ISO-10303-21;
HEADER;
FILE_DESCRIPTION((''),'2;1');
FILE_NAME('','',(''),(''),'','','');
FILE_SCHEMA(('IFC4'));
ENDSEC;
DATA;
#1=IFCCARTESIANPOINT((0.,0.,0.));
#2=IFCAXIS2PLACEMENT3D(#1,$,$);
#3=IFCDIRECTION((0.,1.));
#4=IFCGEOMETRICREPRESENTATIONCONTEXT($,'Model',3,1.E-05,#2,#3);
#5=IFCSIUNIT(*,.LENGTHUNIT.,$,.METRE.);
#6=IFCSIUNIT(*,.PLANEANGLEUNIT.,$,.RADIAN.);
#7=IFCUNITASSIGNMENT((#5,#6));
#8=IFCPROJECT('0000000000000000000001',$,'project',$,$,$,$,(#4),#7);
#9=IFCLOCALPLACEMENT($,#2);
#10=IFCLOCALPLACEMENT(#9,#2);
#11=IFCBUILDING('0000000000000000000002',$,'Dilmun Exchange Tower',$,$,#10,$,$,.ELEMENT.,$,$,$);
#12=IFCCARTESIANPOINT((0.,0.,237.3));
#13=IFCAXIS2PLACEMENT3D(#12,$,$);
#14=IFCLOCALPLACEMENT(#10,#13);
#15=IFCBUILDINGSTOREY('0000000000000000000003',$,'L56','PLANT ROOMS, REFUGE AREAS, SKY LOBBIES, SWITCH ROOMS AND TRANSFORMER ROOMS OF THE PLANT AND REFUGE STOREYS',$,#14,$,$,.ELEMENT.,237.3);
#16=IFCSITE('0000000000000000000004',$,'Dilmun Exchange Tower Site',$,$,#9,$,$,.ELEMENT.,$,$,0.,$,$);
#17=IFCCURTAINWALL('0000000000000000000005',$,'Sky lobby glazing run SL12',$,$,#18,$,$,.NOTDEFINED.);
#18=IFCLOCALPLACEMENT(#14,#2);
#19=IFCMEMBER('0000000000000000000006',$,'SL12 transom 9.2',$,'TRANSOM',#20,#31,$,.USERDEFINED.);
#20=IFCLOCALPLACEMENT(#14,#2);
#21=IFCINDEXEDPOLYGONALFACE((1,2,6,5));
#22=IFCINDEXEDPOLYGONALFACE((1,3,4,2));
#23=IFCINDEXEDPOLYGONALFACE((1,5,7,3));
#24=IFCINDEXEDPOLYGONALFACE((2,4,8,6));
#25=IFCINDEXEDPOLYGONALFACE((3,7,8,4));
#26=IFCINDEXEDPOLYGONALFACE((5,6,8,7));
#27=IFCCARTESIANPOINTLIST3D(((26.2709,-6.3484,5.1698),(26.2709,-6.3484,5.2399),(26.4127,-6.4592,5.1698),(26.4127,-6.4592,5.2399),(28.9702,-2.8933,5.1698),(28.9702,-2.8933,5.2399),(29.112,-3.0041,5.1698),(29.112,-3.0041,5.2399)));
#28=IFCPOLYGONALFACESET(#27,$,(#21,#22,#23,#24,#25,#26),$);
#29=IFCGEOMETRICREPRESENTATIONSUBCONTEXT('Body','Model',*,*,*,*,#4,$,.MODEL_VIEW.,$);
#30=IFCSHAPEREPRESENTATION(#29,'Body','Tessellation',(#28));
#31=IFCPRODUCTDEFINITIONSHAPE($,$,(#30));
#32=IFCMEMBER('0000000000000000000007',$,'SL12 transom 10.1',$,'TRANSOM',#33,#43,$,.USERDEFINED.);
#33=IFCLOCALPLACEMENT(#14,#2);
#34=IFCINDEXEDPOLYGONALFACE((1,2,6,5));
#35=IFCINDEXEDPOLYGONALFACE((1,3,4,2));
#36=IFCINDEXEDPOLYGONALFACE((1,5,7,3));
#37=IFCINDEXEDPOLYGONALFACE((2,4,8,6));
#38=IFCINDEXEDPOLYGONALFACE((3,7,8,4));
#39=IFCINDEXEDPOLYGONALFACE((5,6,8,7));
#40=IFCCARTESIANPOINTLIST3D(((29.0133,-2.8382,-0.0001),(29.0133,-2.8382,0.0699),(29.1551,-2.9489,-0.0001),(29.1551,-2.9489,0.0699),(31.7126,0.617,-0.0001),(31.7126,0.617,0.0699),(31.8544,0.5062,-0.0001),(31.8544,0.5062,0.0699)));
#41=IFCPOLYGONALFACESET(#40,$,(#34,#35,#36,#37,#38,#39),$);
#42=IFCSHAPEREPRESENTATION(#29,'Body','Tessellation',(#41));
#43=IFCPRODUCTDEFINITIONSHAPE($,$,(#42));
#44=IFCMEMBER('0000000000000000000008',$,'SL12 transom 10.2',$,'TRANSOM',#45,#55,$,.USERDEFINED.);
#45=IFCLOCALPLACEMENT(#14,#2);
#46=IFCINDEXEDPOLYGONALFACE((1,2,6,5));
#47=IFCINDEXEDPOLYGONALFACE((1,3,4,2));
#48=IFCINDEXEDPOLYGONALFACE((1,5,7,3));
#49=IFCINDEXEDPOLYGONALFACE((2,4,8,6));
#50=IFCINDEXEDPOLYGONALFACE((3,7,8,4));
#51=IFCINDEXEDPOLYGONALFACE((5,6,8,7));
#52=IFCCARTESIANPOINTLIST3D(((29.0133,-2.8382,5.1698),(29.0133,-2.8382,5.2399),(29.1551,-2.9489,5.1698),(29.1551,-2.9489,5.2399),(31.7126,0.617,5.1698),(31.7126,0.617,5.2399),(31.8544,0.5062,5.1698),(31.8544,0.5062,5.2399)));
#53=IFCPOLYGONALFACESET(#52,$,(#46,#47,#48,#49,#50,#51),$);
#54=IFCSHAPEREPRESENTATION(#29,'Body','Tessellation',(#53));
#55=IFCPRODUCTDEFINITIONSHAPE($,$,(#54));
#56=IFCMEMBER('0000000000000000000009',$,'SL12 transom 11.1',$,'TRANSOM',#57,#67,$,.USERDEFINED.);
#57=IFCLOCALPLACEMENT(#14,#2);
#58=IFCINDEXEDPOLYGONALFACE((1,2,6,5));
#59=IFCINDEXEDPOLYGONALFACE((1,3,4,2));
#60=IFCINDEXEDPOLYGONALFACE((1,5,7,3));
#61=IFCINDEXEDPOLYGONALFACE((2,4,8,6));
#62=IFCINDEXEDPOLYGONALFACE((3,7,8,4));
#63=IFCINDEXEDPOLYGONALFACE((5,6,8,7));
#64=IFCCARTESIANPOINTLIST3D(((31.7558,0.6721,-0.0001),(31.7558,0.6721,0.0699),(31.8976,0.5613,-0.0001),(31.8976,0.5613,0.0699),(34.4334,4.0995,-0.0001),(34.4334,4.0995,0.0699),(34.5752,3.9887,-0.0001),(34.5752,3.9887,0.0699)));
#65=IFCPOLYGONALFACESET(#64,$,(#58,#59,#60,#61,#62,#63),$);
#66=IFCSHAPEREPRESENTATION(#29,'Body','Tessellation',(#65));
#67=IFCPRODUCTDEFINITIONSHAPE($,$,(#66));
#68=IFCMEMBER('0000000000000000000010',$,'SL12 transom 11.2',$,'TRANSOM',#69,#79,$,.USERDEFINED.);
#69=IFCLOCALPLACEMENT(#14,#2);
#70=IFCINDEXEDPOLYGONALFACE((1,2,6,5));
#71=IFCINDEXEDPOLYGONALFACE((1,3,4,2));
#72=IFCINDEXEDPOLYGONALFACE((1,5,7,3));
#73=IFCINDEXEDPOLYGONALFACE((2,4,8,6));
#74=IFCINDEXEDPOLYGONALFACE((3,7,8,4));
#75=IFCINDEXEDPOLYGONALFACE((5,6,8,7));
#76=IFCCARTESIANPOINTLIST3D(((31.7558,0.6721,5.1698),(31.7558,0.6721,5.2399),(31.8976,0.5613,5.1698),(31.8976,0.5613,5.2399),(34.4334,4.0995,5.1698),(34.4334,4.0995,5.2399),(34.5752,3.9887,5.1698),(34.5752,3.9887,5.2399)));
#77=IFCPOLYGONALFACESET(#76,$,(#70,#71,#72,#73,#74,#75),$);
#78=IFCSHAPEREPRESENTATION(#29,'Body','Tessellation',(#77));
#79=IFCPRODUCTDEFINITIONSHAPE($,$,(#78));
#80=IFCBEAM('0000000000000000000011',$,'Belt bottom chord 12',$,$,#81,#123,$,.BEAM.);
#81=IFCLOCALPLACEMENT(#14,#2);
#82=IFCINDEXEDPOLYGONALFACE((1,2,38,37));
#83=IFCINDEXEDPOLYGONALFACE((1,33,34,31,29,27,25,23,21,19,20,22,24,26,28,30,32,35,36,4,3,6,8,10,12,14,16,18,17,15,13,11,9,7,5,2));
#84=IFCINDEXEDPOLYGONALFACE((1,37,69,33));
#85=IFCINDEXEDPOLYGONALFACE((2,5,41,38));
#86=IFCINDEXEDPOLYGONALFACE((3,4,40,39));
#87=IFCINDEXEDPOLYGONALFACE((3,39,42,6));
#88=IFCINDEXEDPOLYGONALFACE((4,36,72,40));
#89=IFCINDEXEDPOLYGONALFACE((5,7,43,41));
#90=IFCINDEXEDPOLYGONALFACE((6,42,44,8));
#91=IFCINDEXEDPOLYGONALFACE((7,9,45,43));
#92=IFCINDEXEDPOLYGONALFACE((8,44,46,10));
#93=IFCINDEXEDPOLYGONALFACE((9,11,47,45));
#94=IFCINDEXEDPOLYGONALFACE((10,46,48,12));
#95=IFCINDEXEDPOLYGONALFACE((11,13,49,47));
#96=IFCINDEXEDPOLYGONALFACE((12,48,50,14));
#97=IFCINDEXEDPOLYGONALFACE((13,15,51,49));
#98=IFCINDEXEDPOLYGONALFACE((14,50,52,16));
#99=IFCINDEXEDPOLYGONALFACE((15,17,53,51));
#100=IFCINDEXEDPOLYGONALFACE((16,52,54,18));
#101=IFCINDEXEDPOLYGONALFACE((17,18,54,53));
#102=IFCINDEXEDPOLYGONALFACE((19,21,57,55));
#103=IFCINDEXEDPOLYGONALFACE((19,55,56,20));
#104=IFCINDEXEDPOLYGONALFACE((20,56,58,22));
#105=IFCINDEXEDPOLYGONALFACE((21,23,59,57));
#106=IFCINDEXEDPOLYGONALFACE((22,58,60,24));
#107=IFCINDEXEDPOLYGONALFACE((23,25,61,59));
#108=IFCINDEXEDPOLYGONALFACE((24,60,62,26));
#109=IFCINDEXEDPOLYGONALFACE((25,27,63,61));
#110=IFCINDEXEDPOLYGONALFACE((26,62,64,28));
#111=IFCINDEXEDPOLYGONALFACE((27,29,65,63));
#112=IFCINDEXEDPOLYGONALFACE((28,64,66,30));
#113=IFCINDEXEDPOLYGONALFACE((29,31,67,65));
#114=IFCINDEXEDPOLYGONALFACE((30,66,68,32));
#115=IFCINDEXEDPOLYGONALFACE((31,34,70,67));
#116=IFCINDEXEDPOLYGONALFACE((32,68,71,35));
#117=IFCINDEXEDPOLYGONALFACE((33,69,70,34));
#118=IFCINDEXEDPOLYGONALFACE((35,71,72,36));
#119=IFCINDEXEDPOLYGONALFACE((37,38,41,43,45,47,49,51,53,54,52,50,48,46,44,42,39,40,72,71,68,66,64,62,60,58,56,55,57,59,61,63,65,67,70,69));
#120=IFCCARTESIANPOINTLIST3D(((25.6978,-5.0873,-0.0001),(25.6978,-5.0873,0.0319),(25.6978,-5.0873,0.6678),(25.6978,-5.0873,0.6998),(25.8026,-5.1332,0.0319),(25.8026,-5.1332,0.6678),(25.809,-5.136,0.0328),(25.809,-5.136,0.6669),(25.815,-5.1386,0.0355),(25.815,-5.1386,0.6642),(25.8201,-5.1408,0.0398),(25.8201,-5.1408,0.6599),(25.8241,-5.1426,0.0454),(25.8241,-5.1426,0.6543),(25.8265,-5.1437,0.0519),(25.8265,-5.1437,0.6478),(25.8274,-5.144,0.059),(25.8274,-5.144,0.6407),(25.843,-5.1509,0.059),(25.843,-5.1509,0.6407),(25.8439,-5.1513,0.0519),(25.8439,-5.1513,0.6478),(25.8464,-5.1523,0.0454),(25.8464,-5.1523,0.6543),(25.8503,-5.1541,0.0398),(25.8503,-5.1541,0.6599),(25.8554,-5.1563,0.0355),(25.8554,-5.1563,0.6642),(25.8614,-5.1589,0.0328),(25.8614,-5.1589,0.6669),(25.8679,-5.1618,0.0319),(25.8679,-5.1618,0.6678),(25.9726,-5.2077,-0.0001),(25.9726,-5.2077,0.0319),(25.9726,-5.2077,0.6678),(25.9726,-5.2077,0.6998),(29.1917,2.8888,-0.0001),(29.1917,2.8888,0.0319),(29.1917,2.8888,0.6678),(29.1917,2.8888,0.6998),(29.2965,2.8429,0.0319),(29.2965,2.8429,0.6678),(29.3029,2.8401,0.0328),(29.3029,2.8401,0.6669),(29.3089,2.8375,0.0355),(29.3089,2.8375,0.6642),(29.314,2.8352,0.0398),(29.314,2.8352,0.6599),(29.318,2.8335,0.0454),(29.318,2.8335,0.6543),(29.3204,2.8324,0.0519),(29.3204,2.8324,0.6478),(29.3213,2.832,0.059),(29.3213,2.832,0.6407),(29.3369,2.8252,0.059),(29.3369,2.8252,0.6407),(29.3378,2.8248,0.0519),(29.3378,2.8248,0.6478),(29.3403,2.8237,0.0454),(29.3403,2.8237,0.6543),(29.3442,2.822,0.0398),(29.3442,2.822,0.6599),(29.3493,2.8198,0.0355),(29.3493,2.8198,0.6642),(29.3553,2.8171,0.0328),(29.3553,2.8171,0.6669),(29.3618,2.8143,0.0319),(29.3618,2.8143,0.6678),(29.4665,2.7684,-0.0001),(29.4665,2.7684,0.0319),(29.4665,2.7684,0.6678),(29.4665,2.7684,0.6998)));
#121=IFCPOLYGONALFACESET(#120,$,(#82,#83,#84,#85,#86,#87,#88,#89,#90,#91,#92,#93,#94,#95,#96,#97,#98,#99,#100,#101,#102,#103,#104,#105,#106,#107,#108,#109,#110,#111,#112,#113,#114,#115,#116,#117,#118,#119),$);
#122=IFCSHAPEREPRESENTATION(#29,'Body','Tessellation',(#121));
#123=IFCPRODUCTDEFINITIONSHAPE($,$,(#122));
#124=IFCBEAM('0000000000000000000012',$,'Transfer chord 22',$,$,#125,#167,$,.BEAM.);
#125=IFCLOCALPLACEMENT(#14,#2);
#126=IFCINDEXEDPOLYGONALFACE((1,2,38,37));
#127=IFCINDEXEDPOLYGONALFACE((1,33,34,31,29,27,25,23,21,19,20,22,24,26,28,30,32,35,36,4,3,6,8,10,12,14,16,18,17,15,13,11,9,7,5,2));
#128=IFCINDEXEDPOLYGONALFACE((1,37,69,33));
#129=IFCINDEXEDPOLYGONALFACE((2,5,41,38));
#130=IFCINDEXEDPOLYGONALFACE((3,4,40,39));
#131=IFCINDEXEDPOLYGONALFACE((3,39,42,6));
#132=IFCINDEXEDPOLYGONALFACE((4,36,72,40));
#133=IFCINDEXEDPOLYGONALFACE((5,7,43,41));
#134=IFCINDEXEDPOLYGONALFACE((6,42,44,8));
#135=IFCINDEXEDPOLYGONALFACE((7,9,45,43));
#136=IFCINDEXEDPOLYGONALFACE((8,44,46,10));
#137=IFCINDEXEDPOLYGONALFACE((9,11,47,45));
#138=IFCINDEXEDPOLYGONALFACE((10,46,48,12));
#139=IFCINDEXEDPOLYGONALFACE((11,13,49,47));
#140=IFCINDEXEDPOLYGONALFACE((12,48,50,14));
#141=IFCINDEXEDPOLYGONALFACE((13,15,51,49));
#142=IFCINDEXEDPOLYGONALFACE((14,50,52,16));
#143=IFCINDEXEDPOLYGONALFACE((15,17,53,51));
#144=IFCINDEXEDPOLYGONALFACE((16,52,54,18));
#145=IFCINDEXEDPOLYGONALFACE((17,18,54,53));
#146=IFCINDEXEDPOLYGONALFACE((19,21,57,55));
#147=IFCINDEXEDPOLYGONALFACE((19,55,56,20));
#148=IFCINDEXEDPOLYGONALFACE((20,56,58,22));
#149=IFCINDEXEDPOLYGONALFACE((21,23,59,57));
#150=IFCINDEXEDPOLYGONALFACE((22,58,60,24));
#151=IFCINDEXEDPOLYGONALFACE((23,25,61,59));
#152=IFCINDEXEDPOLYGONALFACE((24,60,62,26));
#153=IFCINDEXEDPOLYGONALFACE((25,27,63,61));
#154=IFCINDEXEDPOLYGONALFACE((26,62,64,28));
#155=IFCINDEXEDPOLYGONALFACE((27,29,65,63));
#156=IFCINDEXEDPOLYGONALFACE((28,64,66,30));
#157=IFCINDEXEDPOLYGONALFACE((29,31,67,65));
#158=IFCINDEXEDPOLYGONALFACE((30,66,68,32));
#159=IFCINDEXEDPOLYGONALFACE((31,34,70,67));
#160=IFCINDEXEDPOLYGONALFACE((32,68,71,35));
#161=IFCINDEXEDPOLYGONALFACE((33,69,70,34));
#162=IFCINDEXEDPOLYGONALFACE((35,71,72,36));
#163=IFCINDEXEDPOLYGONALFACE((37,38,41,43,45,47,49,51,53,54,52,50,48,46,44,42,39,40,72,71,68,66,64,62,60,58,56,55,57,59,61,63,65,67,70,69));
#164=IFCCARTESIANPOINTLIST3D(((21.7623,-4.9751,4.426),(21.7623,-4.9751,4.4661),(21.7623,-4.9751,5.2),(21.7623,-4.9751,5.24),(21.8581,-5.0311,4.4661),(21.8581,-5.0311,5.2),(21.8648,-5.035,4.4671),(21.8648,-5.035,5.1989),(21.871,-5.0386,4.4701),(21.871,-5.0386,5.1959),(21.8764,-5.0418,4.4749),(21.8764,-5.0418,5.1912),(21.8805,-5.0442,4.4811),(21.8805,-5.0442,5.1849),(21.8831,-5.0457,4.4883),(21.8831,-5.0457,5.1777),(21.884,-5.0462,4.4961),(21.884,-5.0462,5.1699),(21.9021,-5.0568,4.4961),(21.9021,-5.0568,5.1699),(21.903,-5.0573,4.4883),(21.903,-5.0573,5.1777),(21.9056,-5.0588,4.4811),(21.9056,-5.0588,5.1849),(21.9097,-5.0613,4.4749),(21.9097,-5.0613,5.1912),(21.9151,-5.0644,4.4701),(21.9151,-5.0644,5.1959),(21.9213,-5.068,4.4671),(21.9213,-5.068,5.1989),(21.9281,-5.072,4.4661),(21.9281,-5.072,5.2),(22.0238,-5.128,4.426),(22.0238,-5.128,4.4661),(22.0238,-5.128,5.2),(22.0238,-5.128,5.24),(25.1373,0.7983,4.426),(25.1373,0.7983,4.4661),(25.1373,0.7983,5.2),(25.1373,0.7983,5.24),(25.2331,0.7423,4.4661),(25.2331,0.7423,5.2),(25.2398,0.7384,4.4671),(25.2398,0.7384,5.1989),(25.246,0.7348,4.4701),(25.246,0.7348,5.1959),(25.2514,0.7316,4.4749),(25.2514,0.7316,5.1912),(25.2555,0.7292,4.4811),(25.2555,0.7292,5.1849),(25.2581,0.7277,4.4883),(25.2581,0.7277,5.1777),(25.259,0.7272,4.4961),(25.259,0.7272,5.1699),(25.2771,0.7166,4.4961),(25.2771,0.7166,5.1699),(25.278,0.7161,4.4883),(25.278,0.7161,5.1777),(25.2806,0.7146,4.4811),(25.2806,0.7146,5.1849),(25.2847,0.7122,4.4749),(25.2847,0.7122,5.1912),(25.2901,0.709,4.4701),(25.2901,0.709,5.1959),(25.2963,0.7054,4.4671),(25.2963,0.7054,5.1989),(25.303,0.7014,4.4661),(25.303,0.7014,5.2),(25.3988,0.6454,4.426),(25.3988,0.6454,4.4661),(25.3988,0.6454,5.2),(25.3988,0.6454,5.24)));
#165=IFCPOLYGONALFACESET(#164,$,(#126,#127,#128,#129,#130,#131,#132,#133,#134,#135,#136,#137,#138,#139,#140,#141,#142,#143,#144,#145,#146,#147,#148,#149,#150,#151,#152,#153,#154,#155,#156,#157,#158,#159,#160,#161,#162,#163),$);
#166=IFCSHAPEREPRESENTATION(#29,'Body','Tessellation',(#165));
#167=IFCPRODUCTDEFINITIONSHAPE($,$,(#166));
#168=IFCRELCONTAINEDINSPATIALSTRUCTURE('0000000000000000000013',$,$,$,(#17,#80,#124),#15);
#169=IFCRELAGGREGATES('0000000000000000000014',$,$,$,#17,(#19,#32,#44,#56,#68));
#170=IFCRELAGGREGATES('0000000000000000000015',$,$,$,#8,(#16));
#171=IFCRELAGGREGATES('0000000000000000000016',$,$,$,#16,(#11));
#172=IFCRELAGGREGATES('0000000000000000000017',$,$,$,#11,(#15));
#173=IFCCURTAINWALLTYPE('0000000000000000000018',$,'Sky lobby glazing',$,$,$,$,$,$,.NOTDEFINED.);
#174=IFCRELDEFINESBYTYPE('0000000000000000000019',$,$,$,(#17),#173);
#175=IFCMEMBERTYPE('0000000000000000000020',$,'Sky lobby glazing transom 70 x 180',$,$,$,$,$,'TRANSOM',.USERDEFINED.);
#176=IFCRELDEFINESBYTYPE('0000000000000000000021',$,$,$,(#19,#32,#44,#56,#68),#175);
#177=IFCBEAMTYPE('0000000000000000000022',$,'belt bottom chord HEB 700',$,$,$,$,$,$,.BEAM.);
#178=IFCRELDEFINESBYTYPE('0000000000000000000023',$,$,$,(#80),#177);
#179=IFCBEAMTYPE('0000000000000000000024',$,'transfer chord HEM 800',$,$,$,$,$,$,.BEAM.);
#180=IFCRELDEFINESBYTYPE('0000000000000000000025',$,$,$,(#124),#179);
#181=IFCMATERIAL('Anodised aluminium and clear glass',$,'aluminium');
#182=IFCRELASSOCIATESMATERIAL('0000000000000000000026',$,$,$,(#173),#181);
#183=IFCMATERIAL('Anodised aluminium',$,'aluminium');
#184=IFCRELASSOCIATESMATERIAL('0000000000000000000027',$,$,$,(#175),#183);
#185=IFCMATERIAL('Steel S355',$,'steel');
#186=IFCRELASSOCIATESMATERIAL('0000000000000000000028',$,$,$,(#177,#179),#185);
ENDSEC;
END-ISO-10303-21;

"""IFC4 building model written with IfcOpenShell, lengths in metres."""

from ifc_helpers import new_model, si_unit, direction, frame, origin, origin_2d, place, context, subcontext, project, spatial, rectangle, i_section, extrude, material, material_profile, profile_set, type_object, element, aggregate, save


model = new_model("IFC4")

# Units and contexts
model_context = context("Model", 3, precision=1e-05, world=origin(), true_north=direction((0.0, 1.0)))
body_context = subcontext(model_context, "Body", "Model", "MODEL_VIEW")
ifc_project = project(units=[si_unit("LENGTHUNIT", "METRE"), si_unit("PLANEANGLEUNIT", "RADIAN")], contexts=[model_context])

# Site, building, storey
site_placement = place(None, origin())
site = spatial("IfcSite", under=ifc_project, at=site_placement, Name="Dilmun Exchange Tower Site", CompositionType="ELEMENT", RefElevation=0.0)
building_placement = place(site_placement, origin())
building = spatial("IfcBuilding", under=site, at=building_placement, Name="Dilmun Exchange Tower", CompositionType="ELEMENT")
storey_placement = place(building_placement, frame((0.0, 0.0, 237.3)))
storey = spatial("IfcBuildingStorey", under=building, at=storey_placement, Name="L56", Description="PLANT ROOMS, REFUGE AREAS, SKY LOBBIES, SWITCH ROOMS AND TRANSFORMER ROOMS OF THE PLANT AND REFUGE STOREYS", CompositionType="ELEMENT", Elevation=237.3)

# Curtain wall, members
ifc_material_1 = material(Name="Anodised aluminium and clear glass", Category="aluminium")
curtain_wall_type = type_object("IfcCurtainWallType", Name="Sky lobby glazing", PredefinedType="NOTDEFINED", material=ifc_material_1)
curtain_wall_placement = place(storey_placement, origin())
curtain_wall = element("IfcCurtainWall", 1, at=curtain_wall_placement, inside=storey, type_object=curtain_wall_type, Name="Sky lobby glazing run SL12", PredefinedType="NOTDEFINED")
ifc_material_2 = material(Name="Anodised aluminium", Category="aluminium")
ifc_material_profile_1 = material_profile(ifc_material_2, rectangle(XDim=0.1799, YDim=0.0701, at=origin_2d()), Name="AL 70x180")
ifc_profile_set_1 = profile_set([ifc_material_profile_1], Name="Anodised aluminium")
member_type_1 = type_object("IfcMemberType", Name="Sky lobby glazing transom 70 x 180", ElementType="TRANSOM", PredefinedType="USERDEFINED", material=ifc_profile_set_1)
member_1_placement = place(storey_placement, frame((26.3418, -6.4038, 5.2048), z_axis=(0.615635, 0.788031, 0.0), x_axis=(-0.788031, 0.615635, 0.0)))
member_1 = element("IfcMember", 2, at=member_1_placement, type_object=member_type_1, Name="SL12 transom 9.2", ObjectType="TRANSOM", PredefinedType="USERDEFINED", context=body_context, shape_type="SweptSolid", body=[
    extrude(rectangle(XDim=0.1799, YDim=0.0701, at=origin_2d()), origin(), (0.0, 0.0, 1.0), 4.3845),
])
member_2_placement = place(storey_placement, frame((29.0842, -2.8936, 0.0349), z_axis=(0.615635, 0.788031, 0.0), x_axis=(-0.788031, 0.615635, 0.0)))
member_2 = element("IfcMember", 3, at=member_2_placement, type_object=member_type_1, Name="SL12 transom 10.1", ObjectType="TRANSOM", PredefinedType="USERDEFINED", context=body_context, shape_type="SweptSolid", body=[
    extrude(rectangle(XDim=0.1799, YDim=0.0701, at=origin_2d()), origin(), (0.0, 0.0, 1.0), 4.3845),
])
member_3_placement = place(storey_placement, frame((29.0842, -2.8936, 5.2048), z_axis=(0.615635, 0.788031, 0.0), x_axis=(-0.788031, 0.615635, 0.0)))
member_3 = element("IfcMember", 4, at=member_3_placement, type_object=member_type_1, Name="SL12 transom 10.2", ObjectType="TRANSOM", PredefinedType="USERDEFINED", context=body_context, shape_type="SweptSolid", body=[
    extrude(rectangle(XDim=0.1799, YDim=0.0701, at=origin_2d()), origin(), (0.0, 0.0, 1.0), 4.3845),
])
member_4_placement = place(storey_placement, frame((31.8267, 0.6167, 0.0349), z_axis=(0.615645, 0.788024, 0.0), x_axis=(-0.788024, 0.615645, 0.0)))
member_4 = element("IfcMember", 5, at=member_4_placement, type_object=member_type_1, Name="SL12 transom 11.1", ObjectType="TRANSOM", PredefinedType="USERDEFINED", context=body_context, shape_type="SweptSolid", body=[
    extrude(rectangle(XDim=0.1799, YDim=0.0701, at=origin_2d()), origin(), (0.0, 0.0, 1.0), 4.3494),
])
member_5_placement = place(storey_placement, frame((31.8267, 0.6167, 5.2048), z_axis=(0.615645, 0.788024, 0.0), x_axis=(-0.788024, 0.615645, 0.0)))
member_5 = element("IfcMember", 6, at=member_5_placement, type_object=member_type_1, Name="SL12 transom 11.2", ObjectType="TRANSOM", PredefinedType="USERDEFINED", context=body_context, shape_type="SweptSolid", body=[
    extrude(rectangle(XDim=0.1799, YDim=0.0701, at=origin_2d()), origin(), (0.0, 0.0, 1.0), 4.3494),
])

# Beams
ifc_material_3 = material(Name="Steel S355", Category="steel")
ifc_material_profile_2 = material_profile(ifc_material_3, i_section(OverallWidth=0.3, OverallDepth=0.7, WebThickness=0.0171, FlangeThickness=0.032, FilletRadius=0.0271, at=origin_2d()), Name="HEB 700")
ifc_profile_set_2 = profile_set([ifc_material_profile_2], Name="Steel S355")
beam_type_1 = type_object("IfcBeamType", Name="belt bottom chord HEB 700", PredefinedType="BEAM", material=ifc_profile_set_2)
beam_1_placement = place(storey_placement, frame((25.8352, -5.1475, 0.3499), z_axis=(0.401239, 0.915973, 0.0), x_axis=(-0.915973, 0.401239, 0.0)))
element("IfcBeam", 7, at=beam_1_placement, inside=storey, type_object=beam_type_1, Name="Belt bottom chord 12", PredefinedType="BEAM", context=body_context, shape_type="SweptSolid", body=[
    extrude(i_section(OverallWidth=0.3, OverallDepth=0.7, WebThickness=0.0171, FlangeThickness=0.032, FilletRadius=0.0271, at=origin_2d()), origin(), (0.0, 0.0, 1.0), 8.7078),
])
ifc_material_profile_3 = material_profile(ifc_material_3, i_section(OverallWidth=0.303, OverallDepth=0.814, WebThickness=0.021, FlangeThickness=0.04, FilletRadius=0.03, at=origin_2d()), Name="HEM 800")
ifc_profile_set_3 = profile_set([ifc_material_profile_3], Name="Steel S355")
beam_type_2 = type_object("IfcBeamType", Name="transfer chord HEM 800", PredefinedType="BEAM", material=ifc_profile_set_3)
beam_2_placement = place(storey_placement, frame((21.8931, -5.0515, 4.833), z_axis=(0.50467, 0.863312, 0.0), x_axis=(-0.863312, 0.50467, 0.0)))
element("IfcBeam", 8, at=beam_2_placement, inside=storey, type_object=beam_type_2, Name="Transfer chord 22", PredefinedType="BEAM", context=body_context, shape_type="SweptSolid", body=[
    extrude(i_section(OverallWidth=0.303, OverallDepth=0.814, WebThickness=0.021, FlangeThickness=0.04, FilletRadius=0.03, at=origin_2d()), origin(), (0.0, 0.0, 1.0), 6.6875),
])

aggregate(curtain_wall, [member_1, member_2, member_3, member_4, member_5])

save(model, "model.ifc")
